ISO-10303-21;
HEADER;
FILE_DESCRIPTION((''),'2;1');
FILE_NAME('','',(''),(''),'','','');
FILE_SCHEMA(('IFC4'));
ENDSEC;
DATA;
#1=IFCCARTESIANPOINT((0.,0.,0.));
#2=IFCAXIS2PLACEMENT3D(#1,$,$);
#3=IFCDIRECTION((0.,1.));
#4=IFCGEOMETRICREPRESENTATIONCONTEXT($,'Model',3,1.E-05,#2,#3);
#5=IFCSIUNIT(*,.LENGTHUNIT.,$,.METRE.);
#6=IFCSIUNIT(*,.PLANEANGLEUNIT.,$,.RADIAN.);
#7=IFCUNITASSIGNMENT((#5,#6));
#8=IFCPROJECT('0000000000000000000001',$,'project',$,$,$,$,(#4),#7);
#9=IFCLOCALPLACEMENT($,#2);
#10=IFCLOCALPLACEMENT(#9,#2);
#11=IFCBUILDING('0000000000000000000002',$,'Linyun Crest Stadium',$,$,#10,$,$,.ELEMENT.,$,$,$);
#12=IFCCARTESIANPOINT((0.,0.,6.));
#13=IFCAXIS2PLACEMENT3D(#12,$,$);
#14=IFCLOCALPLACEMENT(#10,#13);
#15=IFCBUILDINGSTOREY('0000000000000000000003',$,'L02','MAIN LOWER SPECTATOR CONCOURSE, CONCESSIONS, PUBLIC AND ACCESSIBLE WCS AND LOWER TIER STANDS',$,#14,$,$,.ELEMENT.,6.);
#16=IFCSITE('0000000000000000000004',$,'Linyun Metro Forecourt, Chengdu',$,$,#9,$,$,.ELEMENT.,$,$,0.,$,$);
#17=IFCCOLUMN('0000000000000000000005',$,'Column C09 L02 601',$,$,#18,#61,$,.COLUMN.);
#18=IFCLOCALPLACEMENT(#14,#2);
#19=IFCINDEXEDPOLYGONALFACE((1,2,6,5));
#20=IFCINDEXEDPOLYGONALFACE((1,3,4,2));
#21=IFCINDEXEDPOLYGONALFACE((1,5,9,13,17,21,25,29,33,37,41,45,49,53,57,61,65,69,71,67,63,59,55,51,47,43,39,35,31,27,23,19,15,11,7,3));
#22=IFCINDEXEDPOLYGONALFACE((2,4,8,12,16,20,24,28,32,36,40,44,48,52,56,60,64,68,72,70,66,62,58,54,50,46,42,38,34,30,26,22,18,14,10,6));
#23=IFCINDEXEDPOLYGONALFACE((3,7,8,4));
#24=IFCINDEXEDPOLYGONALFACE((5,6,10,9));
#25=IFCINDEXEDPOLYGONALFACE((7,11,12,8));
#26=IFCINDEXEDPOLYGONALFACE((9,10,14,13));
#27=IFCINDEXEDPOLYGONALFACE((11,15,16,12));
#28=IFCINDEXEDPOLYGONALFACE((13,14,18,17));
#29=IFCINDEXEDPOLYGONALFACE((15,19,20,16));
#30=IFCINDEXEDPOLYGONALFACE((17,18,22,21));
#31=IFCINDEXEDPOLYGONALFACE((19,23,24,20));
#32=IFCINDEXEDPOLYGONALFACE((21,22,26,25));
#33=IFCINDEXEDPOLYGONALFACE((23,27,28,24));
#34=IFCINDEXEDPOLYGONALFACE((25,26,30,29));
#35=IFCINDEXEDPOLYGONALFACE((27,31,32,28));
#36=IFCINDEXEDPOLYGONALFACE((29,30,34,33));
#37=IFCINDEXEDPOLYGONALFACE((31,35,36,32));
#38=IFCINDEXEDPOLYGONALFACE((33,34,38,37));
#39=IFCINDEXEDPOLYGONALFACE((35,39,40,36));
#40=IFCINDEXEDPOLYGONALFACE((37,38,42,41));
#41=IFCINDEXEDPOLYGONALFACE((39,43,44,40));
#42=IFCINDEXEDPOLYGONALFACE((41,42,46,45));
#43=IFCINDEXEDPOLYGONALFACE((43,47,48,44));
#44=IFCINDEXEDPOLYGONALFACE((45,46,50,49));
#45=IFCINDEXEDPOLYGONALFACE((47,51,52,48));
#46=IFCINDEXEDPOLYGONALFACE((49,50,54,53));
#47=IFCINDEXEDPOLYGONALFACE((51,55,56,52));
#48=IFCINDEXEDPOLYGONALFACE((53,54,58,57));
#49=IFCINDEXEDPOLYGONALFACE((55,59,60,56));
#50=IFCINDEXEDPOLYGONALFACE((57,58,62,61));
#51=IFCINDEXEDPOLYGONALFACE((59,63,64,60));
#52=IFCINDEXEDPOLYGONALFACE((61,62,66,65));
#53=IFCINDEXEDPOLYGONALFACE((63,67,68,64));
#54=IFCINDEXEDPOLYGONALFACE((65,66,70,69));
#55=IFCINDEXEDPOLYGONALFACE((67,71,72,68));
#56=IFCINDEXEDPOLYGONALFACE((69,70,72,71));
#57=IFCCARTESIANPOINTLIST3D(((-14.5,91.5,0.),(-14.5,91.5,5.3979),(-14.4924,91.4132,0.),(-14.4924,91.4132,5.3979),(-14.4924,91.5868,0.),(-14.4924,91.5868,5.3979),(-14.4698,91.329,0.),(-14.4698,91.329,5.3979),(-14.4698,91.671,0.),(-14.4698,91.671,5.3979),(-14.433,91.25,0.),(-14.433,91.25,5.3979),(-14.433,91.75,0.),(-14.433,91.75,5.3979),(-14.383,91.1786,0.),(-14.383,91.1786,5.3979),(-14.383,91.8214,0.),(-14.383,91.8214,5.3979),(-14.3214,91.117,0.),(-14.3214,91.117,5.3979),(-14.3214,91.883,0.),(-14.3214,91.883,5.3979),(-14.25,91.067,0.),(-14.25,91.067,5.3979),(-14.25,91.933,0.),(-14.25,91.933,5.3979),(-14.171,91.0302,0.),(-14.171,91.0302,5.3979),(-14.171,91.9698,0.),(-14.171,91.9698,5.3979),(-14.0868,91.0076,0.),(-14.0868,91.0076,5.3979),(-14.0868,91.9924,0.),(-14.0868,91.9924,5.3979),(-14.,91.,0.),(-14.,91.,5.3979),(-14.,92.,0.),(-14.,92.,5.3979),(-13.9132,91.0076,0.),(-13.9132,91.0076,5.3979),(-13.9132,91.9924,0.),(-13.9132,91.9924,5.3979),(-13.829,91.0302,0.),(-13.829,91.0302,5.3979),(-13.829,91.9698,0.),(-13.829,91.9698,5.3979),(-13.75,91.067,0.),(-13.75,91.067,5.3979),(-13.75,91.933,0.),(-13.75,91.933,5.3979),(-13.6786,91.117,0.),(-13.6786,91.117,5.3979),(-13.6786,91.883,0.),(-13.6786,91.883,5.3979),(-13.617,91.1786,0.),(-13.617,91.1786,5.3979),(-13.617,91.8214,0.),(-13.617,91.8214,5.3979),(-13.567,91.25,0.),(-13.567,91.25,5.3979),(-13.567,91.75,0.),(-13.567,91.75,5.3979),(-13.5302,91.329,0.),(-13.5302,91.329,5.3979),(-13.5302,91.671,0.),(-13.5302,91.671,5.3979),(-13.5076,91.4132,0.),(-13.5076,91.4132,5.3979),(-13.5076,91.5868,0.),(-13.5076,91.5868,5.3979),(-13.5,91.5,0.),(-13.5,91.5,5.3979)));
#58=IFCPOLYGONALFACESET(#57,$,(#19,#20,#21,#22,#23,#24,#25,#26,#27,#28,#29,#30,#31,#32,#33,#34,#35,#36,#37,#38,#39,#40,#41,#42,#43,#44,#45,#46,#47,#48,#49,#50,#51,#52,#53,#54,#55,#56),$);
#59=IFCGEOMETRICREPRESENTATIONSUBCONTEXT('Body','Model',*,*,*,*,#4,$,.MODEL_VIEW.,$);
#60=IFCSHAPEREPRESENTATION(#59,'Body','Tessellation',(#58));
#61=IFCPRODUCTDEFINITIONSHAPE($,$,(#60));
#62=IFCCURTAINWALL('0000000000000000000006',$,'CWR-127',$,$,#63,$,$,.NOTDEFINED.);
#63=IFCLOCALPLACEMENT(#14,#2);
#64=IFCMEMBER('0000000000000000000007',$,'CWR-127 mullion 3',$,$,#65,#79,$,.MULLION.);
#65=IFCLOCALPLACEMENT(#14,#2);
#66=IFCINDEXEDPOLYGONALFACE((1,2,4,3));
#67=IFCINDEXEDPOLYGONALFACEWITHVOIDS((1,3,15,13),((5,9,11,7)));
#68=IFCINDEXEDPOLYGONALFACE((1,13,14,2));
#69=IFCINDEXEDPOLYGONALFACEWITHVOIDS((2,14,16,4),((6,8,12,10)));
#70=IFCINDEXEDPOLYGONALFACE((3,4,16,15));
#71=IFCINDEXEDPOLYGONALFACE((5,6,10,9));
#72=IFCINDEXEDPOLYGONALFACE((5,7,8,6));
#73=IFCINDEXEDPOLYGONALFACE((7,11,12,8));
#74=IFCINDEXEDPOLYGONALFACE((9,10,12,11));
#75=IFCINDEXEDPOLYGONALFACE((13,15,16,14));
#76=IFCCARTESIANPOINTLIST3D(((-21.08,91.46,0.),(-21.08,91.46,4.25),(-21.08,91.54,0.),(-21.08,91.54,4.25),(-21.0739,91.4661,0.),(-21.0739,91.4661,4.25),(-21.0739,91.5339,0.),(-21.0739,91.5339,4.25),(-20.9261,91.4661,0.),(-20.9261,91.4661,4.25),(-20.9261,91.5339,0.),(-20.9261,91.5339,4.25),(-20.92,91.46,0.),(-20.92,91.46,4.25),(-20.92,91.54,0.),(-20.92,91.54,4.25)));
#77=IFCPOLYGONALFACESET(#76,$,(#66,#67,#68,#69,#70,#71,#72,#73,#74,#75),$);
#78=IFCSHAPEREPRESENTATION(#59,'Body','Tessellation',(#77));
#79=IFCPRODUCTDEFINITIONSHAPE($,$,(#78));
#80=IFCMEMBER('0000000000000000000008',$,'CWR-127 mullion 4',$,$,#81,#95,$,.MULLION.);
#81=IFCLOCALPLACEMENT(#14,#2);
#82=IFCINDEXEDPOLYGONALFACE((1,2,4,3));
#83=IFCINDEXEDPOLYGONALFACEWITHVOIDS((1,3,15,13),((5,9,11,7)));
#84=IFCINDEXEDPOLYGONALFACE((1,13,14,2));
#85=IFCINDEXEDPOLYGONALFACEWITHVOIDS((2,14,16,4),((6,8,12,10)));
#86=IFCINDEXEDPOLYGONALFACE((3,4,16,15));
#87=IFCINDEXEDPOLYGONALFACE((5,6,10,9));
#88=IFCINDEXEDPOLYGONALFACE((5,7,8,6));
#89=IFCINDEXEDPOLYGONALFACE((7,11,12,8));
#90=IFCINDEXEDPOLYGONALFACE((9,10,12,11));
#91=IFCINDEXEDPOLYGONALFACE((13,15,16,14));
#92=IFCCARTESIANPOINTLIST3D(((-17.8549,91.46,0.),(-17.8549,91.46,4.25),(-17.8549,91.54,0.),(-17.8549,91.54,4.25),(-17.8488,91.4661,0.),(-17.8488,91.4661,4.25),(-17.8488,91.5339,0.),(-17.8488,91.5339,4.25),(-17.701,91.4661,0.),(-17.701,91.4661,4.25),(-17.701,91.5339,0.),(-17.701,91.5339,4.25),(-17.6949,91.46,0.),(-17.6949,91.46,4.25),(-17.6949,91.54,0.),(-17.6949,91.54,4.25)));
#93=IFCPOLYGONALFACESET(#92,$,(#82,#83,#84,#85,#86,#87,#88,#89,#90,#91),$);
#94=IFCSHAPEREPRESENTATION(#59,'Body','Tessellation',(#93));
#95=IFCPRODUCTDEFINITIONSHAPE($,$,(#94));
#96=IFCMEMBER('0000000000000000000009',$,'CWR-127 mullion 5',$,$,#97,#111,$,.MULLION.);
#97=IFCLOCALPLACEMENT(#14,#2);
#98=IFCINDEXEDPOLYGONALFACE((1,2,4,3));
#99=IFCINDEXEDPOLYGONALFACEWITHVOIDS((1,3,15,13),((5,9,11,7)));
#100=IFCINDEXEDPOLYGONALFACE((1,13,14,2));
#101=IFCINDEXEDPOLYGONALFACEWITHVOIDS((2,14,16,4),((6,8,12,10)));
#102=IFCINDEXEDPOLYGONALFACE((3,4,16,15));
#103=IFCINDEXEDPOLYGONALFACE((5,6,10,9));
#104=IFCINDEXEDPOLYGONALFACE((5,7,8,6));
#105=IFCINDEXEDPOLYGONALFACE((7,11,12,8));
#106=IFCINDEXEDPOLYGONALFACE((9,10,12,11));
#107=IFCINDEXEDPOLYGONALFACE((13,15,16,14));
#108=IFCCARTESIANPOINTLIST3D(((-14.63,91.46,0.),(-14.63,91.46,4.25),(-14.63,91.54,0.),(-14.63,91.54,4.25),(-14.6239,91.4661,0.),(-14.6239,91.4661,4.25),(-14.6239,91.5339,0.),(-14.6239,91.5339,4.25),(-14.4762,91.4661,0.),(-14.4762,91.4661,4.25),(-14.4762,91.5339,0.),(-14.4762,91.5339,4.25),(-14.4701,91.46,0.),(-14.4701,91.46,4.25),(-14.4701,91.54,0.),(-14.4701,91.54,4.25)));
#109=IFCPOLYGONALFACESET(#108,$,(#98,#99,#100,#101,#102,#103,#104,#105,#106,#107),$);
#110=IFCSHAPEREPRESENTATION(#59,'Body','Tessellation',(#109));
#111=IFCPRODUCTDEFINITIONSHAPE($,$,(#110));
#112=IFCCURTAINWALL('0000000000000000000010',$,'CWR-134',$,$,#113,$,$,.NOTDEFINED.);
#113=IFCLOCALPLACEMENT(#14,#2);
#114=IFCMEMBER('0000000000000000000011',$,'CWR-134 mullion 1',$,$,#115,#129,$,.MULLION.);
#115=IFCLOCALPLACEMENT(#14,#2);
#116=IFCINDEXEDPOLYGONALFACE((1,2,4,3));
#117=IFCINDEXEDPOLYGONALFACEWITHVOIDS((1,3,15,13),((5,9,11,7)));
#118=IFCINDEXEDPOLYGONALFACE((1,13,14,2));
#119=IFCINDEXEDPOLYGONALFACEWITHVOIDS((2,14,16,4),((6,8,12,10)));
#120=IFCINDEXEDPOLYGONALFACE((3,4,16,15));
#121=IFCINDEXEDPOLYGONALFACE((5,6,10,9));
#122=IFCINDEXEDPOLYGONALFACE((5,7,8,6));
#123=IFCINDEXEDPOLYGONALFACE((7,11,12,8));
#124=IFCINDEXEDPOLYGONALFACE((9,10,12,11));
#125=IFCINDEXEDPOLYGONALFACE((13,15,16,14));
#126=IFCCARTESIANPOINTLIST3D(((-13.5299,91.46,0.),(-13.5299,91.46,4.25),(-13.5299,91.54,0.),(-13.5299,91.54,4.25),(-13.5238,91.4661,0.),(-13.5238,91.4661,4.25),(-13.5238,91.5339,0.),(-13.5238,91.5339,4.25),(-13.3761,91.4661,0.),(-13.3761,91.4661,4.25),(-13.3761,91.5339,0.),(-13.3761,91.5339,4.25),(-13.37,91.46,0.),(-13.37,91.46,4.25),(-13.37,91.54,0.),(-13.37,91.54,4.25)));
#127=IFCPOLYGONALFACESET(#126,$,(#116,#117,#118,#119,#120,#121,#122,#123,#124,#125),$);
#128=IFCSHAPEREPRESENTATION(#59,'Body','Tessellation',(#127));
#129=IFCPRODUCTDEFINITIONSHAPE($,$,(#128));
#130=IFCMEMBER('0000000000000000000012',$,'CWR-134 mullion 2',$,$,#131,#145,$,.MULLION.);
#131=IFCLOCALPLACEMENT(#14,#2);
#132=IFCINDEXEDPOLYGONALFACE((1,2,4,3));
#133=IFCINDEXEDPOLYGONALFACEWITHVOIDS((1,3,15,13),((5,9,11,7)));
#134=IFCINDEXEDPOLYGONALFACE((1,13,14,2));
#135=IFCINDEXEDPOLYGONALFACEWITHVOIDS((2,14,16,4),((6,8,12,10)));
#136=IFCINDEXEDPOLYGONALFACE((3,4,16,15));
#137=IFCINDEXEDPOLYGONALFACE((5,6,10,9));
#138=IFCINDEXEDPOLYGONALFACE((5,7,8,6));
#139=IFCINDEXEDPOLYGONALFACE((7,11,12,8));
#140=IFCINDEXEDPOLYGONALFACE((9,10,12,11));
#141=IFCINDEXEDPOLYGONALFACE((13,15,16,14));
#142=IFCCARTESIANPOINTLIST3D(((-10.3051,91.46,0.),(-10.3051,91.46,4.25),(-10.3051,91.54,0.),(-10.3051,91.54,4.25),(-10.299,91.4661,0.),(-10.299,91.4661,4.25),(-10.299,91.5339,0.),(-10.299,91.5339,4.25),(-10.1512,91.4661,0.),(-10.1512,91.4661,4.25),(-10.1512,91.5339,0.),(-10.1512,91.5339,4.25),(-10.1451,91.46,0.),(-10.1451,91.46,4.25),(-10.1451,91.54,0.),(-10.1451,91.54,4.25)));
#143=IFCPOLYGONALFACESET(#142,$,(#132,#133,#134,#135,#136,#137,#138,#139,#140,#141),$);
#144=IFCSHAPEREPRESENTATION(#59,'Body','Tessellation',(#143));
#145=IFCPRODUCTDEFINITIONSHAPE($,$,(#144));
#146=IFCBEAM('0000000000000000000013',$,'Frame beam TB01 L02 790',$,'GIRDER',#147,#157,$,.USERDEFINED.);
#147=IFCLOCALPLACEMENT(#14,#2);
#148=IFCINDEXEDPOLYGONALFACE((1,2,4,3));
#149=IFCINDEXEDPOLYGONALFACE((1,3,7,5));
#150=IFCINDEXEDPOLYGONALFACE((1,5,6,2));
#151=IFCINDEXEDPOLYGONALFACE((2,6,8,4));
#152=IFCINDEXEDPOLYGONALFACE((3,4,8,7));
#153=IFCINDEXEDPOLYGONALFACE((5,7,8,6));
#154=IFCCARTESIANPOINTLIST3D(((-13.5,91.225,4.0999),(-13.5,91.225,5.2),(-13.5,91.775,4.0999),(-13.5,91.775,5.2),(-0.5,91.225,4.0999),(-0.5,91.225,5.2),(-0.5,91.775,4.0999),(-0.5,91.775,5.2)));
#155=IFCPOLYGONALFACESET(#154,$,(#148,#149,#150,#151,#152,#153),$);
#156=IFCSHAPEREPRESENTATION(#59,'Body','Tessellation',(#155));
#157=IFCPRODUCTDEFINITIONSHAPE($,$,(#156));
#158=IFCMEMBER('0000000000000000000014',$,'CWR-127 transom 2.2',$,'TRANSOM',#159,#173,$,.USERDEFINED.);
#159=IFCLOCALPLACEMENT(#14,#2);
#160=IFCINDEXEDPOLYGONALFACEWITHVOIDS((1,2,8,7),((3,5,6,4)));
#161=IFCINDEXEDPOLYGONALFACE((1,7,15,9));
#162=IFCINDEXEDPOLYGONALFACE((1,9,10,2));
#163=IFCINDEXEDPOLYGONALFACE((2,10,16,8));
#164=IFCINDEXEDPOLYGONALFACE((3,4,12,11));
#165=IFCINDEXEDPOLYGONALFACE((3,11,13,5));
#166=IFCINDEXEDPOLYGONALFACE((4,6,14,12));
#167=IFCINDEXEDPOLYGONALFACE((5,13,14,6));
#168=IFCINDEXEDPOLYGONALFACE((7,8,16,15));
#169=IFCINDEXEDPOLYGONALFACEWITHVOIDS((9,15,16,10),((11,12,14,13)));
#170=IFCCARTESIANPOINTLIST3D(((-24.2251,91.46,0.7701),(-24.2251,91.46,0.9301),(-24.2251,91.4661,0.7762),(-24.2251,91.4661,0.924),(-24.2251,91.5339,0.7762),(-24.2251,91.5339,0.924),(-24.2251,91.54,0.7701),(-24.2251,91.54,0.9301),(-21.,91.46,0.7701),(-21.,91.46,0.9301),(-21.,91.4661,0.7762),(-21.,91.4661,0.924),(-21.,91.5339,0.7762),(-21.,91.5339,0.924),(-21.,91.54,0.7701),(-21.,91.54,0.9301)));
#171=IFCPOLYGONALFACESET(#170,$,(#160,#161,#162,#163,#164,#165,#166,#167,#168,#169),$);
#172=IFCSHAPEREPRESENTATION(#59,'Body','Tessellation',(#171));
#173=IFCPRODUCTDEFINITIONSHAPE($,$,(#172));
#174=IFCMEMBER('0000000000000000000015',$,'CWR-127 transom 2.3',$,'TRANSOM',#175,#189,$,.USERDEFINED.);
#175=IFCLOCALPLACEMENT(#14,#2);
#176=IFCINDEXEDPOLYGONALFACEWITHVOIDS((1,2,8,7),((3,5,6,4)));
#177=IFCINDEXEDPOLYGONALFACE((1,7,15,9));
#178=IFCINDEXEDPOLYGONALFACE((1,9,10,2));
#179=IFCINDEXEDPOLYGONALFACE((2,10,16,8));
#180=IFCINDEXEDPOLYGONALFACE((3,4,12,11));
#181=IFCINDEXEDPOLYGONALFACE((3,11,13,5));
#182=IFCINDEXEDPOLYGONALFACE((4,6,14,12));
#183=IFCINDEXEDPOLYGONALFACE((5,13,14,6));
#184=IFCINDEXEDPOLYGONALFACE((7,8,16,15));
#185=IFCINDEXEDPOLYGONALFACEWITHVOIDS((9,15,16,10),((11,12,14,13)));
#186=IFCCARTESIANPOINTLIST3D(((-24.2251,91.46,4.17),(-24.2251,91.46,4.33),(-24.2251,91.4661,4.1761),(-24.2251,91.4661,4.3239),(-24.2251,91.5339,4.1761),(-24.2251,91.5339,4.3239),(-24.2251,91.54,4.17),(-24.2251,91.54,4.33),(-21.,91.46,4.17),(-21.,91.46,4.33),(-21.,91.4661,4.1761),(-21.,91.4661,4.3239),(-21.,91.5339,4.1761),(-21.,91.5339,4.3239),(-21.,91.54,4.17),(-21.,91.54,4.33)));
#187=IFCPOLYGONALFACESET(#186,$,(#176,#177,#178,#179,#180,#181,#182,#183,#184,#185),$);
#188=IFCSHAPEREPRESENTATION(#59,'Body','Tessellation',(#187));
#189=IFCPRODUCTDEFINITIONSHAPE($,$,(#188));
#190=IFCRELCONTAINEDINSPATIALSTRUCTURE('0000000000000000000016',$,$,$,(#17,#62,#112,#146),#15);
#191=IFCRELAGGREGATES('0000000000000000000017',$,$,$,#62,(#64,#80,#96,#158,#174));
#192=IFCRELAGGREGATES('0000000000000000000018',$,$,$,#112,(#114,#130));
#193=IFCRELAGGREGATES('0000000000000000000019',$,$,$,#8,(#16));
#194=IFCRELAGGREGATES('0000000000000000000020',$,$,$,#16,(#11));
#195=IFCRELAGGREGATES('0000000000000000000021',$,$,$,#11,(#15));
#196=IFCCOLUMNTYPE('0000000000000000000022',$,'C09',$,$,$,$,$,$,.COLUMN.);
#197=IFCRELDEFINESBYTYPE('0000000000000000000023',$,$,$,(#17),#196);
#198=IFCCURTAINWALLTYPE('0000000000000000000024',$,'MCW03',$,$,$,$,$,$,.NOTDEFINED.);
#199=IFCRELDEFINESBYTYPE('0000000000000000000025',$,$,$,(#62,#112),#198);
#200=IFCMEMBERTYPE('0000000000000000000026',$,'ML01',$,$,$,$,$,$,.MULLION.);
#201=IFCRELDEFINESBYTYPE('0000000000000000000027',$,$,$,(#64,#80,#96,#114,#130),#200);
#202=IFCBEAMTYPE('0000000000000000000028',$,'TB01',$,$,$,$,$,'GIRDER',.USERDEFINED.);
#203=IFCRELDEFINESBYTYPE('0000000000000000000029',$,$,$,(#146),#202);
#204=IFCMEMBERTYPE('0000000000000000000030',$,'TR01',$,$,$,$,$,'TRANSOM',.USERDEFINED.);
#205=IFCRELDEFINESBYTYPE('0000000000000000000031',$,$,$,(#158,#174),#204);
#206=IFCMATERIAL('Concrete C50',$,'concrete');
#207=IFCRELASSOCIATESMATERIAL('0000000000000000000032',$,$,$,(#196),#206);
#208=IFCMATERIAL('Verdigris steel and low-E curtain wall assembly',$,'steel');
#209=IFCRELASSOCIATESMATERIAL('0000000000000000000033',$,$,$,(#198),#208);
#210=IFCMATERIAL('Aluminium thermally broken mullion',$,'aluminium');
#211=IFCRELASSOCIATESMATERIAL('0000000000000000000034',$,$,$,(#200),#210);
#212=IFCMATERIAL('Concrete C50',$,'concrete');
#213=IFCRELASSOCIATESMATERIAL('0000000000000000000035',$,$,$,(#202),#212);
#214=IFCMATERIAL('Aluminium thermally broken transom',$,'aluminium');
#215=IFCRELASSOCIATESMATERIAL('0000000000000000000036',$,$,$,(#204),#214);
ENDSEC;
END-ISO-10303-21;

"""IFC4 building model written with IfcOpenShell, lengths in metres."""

from ifc_helpers import new_model, si_unit, direction, frame, origin, origin_2d, place, context, subcontext, project, spatial, rectangle, hollow_rectangle, circle, extrude, material, material_profile, profile_set, type_object, element, aggregate, save


model = new_model("IFC4")

# Units and contexts
model_context = context("Model", 3, precision=1e-05, world=origin(), true_north=direction((0.0, 1.0)))
body_context = subcontext(model_context, "Body", "Model", "MODEL_VIEW")
ifc_project = project(units=[si_unit("LENGTHUNIT", "METRE"), si_unit("PLANEANGLEUNIT", "RADIAN")], contexts=[model_context])

# Site, building, storey
site_placement = place(None, origin())
site = spatial("IfcSite", under=ifc_project, at=site_placement, Name="Linyun Metro Forecourt, Chengdu", CompositionType="ELEMENT", RefElevation=0.0)
building_placement = place(site_placement, origin())
building = spatial("IfcBuilding", under=site, at=building_placement, Name="Linyun Crest Stadium", CompositionType="ELEMENT")
storey_placement = place(building_placement, frame((0.0, 0.0, 6.0)))
storey = spatial("IfcBuildingStorey", under=building, at=storey_placement, Name="L02", Description="MAIN LOWER SPECTATOR CONCOURSE, CONCESSIONS, PUBLIC AND ACCESSIBLE WCS AND LOWER TIER STANDS", CompositionType="ELEMENT", Elevation=6.0)

# Column
ifc_material_1 = material(Name="Concrete C50", Category="concrete")
ifc_material_profile_1 = material_profile(ifc_material_1, circle(Radius=0.5, at=origin_2d()), Name="RC D1000")
ifc_profile_set_1 = profile_set([ifc_material_profile_1], Name="Concrete C50")
column_type = type_object("IfcColumnType", Name="C09", PredefinedType="COLUMN", material=ifc_profile_set_1)
column_placement = place(storey_placement, frame((-14.0, 91.5, 0.0), z_axis=(0.0, 0.0, 1.0), x_axis=(1.0, 0.0, 0.0)))
element("IfcColumn", 1, at=column_placement, inside=storey, type_object=column_type, Name="Column C09 L02 601", PredefinedType="COLUMN", context=body_context, shape_type="SweptSolid", body=[
    extrude(circle(Radius=0.5, at=origin_2d()), origin(), (0.0, 0.0, 1.0), 5.3979),
])

# Curtain walls, members
ifc_material_2 = material(Name="Verdigris steel and low-E curtain wall assembly", Category="steel")
curtain_wall_type = type_object("IfcCurtainWallType", Name="MCW03", PredefinedType="NOTDEFINED", material=ifc_material_2)
curtain_wall_1_placement = place(storey_placement, origin())
curtain_wall_1 = element("IfcCurtainWall", 2, at=curtain_wall_1_placement, inside=storey, type_object=curtain_wall_type, Name="CWR-127", PredefinedType="NOTDEFINED")
ifc_material_3 = material(Name="Aluminium thermally broken mullion", Category="aluminium")
ifc_material_profile_2 = material_profile(ifc_material_3, hollow_rectangle(XDim=0.0801, YDim=0.1599, WallThickness=0.0061, at=origin_2d()), Name="RHS 160x80x6")
ifc_profile_set_2 = profile_set([ifc_material_profile_2], Name="Aluminium thermally broken mullion")
member_type_1 = type_object("IfcMemberType", Name="ML01", PredefinedType="MULLION", material=ifc_profile_set_2)
member_1_placement = place(storey_placement, frame((-21.0, 91.5, 0.0), z_axis=(0.0, 0.0, 1.0), x_axis=(0.0, 1.0, 0.0)))
member_1 = element("IfcMember", 3, at=member_1_placement, type_object=member_type_1, Name="CWR-127 mullion 3", PredefinedType="MULLION", context=body_context, shape_type="SweptSolid", body=[
    extrude(hollow_rectangle(XDim=0.0801, YDim=0.1599, WallThickness=0.0061, at=origin_2d()), origin(), (0.0, 0.0, 1.0), 4.25),
])
member_2_placement = place(storey_placement, frame((-17.7749, 91.5, 0.0), z_axis=(0.0, 0.0, 1.0), x_axis=(0.0, 1.0, 0.0)))
member_2 = element("IfcMember", 4, at=member_2_placement, type_object=member_type_1, Name="CWR-127 mullion 4", PredefinedType="MULLION", context=body_context, shape_type="SweptSolid", body=[
    extrude(hollow_rectangle(XDim=0.0801, YDim=0.1599, WallThickness=0.0061, at=origin_2d()), origin(), (0.0, 0.0, 1.0), 4.25),
])
member_3_placement = place(storey_placement, frame((-14.55, 91.5, 0.0), z_axis=(0.0, 0.0, 1.0), x_axis=(0.0, 1.0, 0.0)))
member_3 = element("IfcMember", 5, at=member_3_placement, type_object=member_type_1, Name="CWR-127 mullion 5", PredefinedType="MULLION", context=body_context, shape_type="SweptSolid", body=[
    extrude(hollow_rectangle(XDim=0.0801, YDim=0.1599, WallThickness=0.0061, at=origin_2d()), origin(), (0.0, 0.0, 1.0), 4.25),
])
curtain_wall_2_placement = place(storey_placement, origin())
curtain_wall_2 = element("IfcCurtainWall", 6, at=curtain_wall_2_placement, inside=storey, type_object=curtain_wall_type, Name="CWR-134", PredefinedType="NOTDEFINED")
member_4_placement = place(storey_placement, frame((-13.45, 91.5, 0.0), z_axis=(0.0, 0.0, 1.0), x_axis=(0.0, 1.0, 0.0)))
member_4 = element("IfcMember", 7, at=member_4_placement, type_object=member_type_1, Name="CWR-134 mullion 1", PredefinedType="MULLION", context=body_context, shape_type="SweptSolid", body=[
    extrude(hollow_rectangle(XDim=0.0801, YDim=0.1599, WallThickness=0.0061, at=origin_2d()), origin(), (0.0, 0.0, 1.0), 4.25),
])
member_5_placement = place(storey_placement, frame((-10.2251, 91.5, 0.0), z_axis=(0.0, 0.0, 1.0), x_axis=(0.0, 1.0, 0.0)))
member_5 = element("IfcMember", 8, at=member_5_placement, type_object=member_type_1, Name="CWR-134 mullion 2", PredefinedType="MULLION", context=body_context, shape_type="SweptSolid", body=[
    extrude(hollow_rectangle(XDim=0.0801, YDim=0.1599, WallThickness=0.0061, at=origin_2d()), origin(), (0.0, 0.0, 1.0), 4.25),
])

# Beam
ifc_material_4 = material(Name="Concrete C50", Category="concrete")
ifc_material_profile_3 = material_profile(ifc_material_4, rectangle(XDim=0.55, YDim=1.1001, at=origin_2d()), Name="RCB 1100x550")
ifc_profile_set_3 = profile_set([ifc_material_profile_3], Name="Concrete C50")
beam_type = type_object("IfcBeamType", Name="TB01", ElementType="GIRDER", PredefinedType="USERDEFINED", material=ifc_profile_set_3)
beam_placement = place(storey_placement, frame((-13.5, 91.5, 4.6499), z_axis=(1.0, 0.0, 0.0), x_axis=(0.0, 1.0, 0.0)))
element("IfcBeam", 9, at=beam_placement, inside=storey, type_object=beam_type, Name="Frame beam TB01 L02 790", ObjectType="GIRDER", PredefinedType="USERDEFINED", context=body_context, shape_type="SweptSolid", body=[
    extrude(rectangle(XDim=0.55, YDim=1.1001, at=origin_2d()), origin(), (0.0, 0.0, 1.0), 13.0),
])

# Members
ifc_material_5 = material(Name="Aluminium thermally broken transom", Category="aluminium")
ifc_material_profile_4 = material_profile(ifc_material_5, hollow_rectangle(XDim=0.0801, YDim=0.1599, WallThickness=0.0061, at=origin_2d()), Name="RHS 160x80x6")
ifc_profile_set_4 = profile_set([ifc_material_profile_4], Name="Aluminium thermally broken transom")
member_type_2 = type_object("IfcMemberType", Name="TR01", ElementType="TRANSOM", PredefinedType="USERDEFINED", material=ifc_profile_set_4)
member_6_placement = place(storey_placement, frame((-24.2251, 91.5, 0.8501), z_axis=(1.0, 0.0, 0.0), x_axis=(0.0, 1.0, 0.0)))
member_6 = element("IfcMember", 10, at=member_6_placement, type_object=member_type_2, Name="CWR-127 transom 2.2", ObjectType="TRANSOM", PredefinedType="USERDEFINED", context=body_context, shape_type="SweptSolid", body=[
    extrude(hollow_rectangle(XDim=0.0801, YDim=0.1599, WallThickness=0.0061, at=origin_2d()), origin(), (0.0, 0.0, 1.0), 3.2251),
])
member_7_placement = place(storey_placement, frame((-24.2251, 91.5, 4.25), z_axis=(1.0, 0.0, 0.0), x_axis=(0.0, 1.0, 0.0)))
member_7 = element("IfcMember", 11, at=member_7_placement, type_object=member_type_2, Name="CWR-127 transom 2.3", ObjectType="TRANSOM", PredefinedType="USERDEFINED", context=body_context, shape_type="SweptSolid", body=[
    extrude(hollow_rectangle(XDim=0.0801, YDim=0.1599, WallThickness=0.0061, at=origin_2d()), origin(), (0.0, 0.0, 1.0), 3.2251),
])

aggregate(curtain_wall_1, [member_1, member_2, member_3, member_6, member_7])
aggregate(curtain_wall_2, [member_4, member_5])

save(model, "model.ifc")
